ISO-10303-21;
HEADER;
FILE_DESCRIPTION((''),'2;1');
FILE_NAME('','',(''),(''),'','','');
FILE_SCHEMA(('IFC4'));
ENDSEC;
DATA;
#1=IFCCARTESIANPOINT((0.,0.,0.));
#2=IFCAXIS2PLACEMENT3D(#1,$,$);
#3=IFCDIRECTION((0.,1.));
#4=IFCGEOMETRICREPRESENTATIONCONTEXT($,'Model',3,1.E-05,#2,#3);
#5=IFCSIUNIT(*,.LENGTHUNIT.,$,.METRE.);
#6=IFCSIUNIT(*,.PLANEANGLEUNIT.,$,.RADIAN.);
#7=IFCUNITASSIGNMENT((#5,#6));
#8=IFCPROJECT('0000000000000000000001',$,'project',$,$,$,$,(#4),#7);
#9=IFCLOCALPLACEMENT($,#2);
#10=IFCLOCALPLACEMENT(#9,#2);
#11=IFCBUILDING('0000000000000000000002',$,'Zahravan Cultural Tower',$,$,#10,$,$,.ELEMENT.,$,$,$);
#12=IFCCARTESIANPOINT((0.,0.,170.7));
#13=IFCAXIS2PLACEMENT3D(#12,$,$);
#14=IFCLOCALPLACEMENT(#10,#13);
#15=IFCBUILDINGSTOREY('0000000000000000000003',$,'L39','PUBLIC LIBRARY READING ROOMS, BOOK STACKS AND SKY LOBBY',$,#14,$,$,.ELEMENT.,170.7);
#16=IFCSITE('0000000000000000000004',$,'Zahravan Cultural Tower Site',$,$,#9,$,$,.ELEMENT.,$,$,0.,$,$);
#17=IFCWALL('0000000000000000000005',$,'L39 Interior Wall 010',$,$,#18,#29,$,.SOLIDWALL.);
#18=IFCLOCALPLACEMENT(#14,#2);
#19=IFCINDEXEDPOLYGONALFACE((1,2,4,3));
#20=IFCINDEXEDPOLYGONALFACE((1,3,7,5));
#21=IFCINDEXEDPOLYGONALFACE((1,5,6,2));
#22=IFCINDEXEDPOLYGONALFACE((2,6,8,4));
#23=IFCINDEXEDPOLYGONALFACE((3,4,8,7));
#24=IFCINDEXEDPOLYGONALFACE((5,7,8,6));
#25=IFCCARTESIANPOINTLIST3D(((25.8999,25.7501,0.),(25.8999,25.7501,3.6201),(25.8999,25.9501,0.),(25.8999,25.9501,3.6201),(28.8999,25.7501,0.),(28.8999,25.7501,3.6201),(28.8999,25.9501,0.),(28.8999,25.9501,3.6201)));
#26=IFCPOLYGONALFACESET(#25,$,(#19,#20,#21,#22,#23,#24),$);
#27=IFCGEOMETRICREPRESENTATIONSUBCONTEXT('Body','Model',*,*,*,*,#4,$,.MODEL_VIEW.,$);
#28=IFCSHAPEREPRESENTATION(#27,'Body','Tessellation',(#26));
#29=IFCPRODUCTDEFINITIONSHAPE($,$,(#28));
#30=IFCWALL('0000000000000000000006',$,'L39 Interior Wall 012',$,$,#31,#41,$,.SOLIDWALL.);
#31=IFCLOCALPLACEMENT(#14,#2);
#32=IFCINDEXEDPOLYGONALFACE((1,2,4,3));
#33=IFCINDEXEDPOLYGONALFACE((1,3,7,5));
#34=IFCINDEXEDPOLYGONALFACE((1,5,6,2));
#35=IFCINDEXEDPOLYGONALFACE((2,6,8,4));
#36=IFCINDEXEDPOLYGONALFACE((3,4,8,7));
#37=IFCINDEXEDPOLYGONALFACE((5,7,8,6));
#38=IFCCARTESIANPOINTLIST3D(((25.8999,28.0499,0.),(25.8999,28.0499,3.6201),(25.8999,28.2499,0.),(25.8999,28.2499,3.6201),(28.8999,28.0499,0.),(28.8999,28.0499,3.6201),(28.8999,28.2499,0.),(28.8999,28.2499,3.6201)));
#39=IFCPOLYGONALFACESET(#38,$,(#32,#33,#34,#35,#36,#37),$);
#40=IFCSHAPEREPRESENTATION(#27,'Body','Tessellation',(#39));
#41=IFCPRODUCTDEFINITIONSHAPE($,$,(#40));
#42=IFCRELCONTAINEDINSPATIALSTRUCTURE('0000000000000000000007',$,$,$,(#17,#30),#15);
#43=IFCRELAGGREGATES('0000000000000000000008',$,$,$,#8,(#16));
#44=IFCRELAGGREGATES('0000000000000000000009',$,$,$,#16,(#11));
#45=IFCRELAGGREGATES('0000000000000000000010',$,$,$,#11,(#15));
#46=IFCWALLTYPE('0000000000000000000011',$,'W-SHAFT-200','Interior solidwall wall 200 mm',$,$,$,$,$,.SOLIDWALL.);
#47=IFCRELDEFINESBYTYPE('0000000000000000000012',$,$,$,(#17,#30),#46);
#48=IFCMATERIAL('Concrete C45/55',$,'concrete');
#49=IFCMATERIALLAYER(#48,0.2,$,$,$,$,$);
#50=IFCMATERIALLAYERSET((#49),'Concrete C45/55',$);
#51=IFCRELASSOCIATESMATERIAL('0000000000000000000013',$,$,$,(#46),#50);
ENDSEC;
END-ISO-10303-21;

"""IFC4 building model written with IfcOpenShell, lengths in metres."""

from ifc_helpers import new_model, si_unit, direction, frame, frame_2d, origin, place, context, subcontext, project, spatial, rectangle, extrude, source, transform, mapped, material, layer, layer_set, type_object, element, save


model = new_model("IFC4")

# Units and contexts
model_context = context("Model", 3, precision=1e-05, world=origin(), true_north=direction((0.0, 1.0)))
body_context = subcontext(model_context, "Body", "Model", "MODEL_VIEW")
ifc_project = project(units=[si_unit("LENGTHUNIT", "METRE"), si_unit("PLANEANGLEUNIT", "RADIAN")], contexts=[model_context])

# Site, building, storey
site_placement = place(None, origin())
site = spatial("IfcSite", under=ifc_project, at=site_placement, Name="Zahravan Cultural Tower Site", CompositionType="ELEMENT", RefElevation=0.0)
building_placement = place(site_placement, origin())
building = spatial("IfcBuilding", under=site, at=building_placement, Name="Zahravan Cultural Tower", CompositionType="ELEMENT")
storey_placement = place(building_placement, frame((0.0, 0.0, 170.7)))
storey = spatial("IfcBuildingStorey", under=building, at=storey_placement, Name="L39", Description="PUBLIC LIBRARY READING ROOMS, BOOK STACKS AND SKY LOBBY", CompositionType="ELEMENT", Elevation=170.7)

# Shared definitions
ifc_material_1 = material(Name="Concrete C45/55", Category="concrete")
ifc_layer_1 = layer(ifc_material_1, 0.2)
ifc_layer_set_1 = layer_set([ifc_layer_1], Name="Concrete C45/55")
wall_type_1 = type_object("IfcWallType", Name="W-SHAFT-200", Description="Interior solidwall wall 200 mm", PredefinedType="SOLIDWALL", material=ifc_layer_set_1)

# Walls
shared_shape_1 = source(origin(), body_context, "Body", "SweptSolid", [
    extrude(rectangle(XDim=3.0, YDim=0.2, at=frame_2d((1.5, 0.0))), origin(), (0.0, 0.0, 1.0), 3.6201),
])
for number, where, z_axis, x_axis, name in (
    (1, (25.8999, 25.8501, 0.0), (0.0, 0.0, 1.0), (1.0, 0.0, 0.0), "L39 Interior Wall 010"),
    (2, (25.8999, 28.1499, 0.0), (0.0, 0.0, 1.0), (1.0, 0.0, 0.0), "L39 Interior Wall 012"),
):
    element("IfcWall", number, at=place(storey_placement, frame(where, z_axis=z_axis, x_axis=x_axis)), inside=storey, type_object=wall_type_1, Name=name, PredefinedType="SOLIDWALL", context=body_context, shape_type="MappedRepresentation", body=[
        mapped(shared_shape_1, transform((0.0, 0.0, 0.0), x_axis=(1.0, 0.0, 0.0), y_axis=(0.0, 1.0, 0.0), z_axis=(0.0, 0.0, 1.0), scale=1.0)),
    ])

save(model, "model.ifc")
